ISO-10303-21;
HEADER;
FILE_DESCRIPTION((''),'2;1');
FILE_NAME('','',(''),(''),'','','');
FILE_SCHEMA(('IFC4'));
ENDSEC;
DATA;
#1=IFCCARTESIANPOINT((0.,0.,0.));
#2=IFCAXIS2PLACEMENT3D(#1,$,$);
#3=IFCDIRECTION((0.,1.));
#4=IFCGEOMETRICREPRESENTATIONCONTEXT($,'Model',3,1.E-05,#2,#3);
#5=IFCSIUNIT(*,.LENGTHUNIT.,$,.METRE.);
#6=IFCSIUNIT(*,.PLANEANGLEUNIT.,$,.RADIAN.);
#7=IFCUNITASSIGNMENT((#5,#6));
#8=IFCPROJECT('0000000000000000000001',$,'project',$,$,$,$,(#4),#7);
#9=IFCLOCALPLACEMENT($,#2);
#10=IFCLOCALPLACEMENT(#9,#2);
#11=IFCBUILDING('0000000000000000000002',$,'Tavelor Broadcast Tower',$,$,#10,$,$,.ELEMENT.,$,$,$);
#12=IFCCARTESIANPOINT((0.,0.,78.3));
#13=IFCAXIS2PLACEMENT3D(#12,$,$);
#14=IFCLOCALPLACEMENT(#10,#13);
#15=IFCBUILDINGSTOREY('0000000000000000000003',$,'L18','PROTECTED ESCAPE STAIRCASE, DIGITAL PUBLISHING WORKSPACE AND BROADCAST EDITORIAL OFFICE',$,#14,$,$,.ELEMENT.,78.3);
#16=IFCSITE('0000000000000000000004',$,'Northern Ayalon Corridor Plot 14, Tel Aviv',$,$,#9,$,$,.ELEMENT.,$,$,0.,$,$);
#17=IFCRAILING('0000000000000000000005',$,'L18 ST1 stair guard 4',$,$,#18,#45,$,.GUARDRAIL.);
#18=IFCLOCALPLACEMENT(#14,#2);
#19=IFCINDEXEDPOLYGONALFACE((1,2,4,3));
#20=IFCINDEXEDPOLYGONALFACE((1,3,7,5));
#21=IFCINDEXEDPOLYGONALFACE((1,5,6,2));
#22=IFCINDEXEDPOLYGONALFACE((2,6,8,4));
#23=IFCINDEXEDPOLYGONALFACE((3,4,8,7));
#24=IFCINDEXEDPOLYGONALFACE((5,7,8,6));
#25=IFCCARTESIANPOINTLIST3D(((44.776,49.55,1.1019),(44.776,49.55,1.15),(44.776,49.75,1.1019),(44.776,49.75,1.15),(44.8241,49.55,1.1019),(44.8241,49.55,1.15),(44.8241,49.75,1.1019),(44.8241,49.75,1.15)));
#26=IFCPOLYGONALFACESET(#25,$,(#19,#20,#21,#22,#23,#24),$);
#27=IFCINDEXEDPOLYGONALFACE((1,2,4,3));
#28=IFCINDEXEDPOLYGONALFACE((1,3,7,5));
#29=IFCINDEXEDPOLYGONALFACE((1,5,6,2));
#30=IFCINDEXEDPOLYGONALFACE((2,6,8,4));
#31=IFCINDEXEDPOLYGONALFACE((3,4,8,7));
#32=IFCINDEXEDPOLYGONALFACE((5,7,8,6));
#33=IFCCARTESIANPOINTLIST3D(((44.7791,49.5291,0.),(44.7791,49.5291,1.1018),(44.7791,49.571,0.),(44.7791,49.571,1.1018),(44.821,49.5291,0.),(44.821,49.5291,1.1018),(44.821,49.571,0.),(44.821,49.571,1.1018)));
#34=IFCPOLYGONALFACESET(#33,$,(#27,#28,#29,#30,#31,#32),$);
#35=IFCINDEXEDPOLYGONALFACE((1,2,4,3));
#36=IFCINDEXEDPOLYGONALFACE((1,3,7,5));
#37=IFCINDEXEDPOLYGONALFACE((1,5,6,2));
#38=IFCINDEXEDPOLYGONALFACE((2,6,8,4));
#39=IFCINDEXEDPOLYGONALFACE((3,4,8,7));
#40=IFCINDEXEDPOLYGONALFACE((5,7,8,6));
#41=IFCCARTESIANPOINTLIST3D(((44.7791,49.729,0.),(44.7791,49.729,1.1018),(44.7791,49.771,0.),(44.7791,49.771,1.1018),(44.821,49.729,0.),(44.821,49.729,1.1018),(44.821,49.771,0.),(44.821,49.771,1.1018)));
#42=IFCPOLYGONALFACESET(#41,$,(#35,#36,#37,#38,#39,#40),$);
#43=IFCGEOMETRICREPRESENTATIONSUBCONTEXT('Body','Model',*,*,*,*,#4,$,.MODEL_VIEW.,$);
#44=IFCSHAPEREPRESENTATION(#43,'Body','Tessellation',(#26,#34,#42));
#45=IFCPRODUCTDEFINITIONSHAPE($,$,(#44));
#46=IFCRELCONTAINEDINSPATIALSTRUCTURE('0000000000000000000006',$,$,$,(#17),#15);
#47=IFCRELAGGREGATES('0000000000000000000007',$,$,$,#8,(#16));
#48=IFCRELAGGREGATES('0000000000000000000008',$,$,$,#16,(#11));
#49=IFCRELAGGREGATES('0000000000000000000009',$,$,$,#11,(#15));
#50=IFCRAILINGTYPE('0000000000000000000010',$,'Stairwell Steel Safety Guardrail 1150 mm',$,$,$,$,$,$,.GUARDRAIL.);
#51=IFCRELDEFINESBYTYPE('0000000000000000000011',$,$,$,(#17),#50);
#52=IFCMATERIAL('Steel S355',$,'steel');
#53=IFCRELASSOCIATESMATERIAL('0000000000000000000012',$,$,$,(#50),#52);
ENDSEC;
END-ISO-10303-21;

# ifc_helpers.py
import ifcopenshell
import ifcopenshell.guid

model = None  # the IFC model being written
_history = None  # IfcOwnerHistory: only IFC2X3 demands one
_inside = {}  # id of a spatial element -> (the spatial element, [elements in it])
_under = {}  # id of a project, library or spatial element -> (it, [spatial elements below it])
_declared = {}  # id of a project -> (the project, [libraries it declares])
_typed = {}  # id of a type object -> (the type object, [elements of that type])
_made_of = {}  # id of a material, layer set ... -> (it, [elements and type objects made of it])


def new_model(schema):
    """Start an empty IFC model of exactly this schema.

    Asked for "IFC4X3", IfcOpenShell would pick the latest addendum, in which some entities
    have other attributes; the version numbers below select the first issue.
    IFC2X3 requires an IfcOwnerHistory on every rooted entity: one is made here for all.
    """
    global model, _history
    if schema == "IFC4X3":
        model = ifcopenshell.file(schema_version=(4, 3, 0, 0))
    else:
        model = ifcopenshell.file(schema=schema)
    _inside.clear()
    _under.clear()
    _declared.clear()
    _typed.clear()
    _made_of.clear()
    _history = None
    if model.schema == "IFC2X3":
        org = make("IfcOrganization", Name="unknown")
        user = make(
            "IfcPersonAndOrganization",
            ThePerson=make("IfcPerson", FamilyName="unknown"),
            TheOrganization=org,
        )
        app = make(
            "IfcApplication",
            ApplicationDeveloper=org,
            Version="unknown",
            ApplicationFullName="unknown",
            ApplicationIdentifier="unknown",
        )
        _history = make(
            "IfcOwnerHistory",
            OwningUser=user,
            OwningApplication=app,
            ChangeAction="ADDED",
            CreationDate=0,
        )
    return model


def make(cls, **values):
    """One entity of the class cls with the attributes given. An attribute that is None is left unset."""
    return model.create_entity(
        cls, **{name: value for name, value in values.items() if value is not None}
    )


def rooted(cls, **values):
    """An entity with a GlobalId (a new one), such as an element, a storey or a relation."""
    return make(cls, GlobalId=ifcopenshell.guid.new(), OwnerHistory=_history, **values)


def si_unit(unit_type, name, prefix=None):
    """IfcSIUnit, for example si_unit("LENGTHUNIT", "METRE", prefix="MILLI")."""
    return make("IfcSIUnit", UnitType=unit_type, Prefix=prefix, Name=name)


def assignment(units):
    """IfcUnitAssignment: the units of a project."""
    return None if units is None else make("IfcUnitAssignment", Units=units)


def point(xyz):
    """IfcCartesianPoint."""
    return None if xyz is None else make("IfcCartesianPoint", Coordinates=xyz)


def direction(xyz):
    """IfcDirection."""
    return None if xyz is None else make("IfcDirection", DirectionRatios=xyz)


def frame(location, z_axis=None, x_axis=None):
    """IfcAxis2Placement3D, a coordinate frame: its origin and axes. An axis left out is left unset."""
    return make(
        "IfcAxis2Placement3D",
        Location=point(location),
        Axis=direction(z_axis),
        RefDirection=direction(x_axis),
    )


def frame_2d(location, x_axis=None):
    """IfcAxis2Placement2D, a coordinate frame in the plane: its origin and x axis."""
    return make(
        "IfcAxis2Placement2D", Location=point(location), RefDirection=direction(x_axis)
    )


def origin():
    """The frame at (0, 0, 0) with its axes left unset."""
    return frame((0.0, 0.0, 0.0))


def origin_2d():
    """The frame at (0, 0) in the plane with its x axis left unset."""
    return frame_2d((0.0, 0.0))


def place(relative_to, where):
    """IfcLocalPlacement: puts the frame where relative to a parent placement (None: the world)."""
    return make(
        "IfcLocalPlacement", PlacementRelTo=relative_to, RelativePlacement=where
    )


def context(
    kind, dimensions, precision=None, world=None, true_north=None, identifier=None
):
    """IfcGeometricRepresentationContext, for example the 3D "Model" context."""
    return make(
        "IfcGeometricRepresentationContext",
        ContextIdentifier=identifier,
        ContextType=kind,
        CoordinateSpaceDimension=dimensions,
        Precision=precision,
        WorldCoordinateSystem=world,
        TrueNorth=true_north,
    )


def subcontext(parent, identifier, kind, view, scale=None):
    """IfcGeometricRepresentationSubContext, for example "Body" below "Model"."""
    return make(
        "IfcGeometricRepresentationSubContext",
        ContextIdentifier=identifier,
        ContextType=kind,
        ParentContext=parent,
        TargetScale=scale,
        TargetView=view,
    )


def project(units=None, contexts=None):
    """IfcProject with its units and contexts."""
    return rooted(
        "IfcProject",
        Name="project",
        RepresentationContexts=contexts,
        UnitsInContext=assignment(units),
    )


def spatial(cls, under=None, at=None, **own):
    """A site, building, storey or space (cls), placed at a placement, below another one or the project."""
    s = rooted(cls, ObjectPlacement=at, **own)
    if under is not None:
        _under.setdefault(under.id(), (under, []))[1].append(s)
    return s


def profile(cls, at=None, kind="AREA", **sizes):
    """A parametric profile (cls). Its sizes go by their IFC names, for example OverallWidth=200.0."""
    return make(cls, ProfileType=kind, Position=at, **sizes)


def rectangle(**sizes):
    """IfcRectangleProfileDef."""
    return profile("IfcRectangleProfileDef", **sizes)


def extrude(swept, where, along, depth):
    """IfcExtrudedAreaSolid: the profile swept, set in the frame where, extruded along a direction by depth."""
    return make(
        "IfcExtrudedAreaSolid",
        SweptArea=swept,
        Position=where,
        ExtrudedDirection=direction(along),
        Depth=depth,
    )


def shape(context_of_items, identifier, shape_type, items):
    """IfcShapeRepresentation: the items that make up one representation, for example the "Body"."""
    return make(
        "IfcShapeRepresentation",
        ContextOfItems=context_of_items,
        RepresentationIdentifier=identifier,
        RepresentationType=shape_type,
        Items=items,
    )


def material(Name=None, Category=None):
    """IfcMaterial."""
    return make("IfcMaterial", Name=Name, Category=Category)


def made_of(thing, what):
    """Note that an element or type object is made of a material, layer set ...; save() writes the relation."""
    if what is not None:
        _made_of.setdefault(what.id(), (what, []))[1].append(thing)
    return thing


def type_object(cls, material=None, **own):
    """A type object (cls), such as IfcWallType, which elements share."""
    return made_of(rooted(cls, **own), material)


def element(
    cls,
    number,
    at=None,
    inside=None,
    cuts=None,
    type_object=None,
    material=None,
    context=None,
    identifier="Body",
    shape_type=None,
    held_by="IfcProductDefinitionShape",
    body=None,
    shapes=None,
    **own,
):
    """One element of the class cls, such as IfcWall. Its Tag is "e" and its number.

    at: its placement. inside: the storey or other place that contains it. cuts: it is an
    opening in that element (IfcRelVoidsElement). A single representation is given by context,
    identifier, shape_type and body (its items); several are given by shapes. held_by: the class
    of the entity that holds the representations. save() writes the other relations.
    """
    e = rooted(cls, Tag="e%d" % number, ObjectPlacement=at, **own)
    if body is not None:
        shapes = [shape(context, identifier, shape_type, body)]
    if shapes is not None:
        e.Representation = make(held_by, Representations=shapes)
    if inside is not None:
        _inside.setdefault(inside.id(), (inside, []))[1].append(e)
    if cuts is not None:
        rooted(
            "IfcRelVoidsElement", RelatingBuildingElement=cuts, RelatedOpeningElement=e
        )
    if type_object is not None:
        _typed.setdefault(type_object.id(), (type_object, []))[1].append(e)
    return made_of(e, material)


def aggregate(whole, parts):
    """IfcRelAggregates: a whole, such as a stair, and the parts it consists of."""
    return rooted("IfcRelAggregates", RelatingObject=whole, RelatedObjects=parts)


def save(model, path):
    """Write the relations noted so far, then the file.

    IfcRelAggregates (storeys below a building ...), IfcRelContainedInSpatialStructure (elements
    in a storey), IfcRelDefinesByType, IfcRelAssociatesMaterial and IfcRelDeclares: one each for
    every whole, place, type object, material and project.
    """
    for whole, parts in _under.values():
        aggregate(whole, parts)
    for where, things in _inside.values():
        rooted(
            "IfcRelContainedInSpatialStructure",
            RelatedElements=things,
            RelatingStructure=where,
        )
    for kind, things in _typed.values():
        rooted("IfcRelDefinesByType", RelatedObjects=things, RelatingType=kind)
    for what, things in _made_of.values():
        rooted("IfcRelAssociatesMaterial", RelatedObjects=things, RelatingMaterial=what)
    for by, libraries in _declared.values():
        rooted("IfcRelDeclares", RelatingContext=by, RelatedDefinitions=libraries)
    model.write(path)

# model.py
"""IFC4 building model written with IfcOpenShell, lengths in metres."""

from ifc_helpers import new_model, si_unit, direction, frame, origin, origin_2d, place, context, subcontext, project, spatial, rectangle, extrude, material, type_object, element, save


model = new_model("IFC4")

# Units and contexts
model_context = context("Model", 3, precision=1e-05, world=origin(), true_north=direction((0.0, 1.0)))
body_context = subcontext(model_context, "Body", "Model", "MODEL_VIEW")
ifc_project = project(units=[si_unit("LENGTHUNIT", "METRE"), si_unit("PLANEANGLEUNIT", "RADIAN")], contexts=[model_context])

# Site, building, storey
site_placement = place(None, origin())
site = spatial("IfcSite", under=ifc_project, at=site_placement, Name="Northern Ayalon Corridor Plot 14, Tel Aviv", CompositionType="ELEMENT", RefElevation=0.0)
building_placement = place(site_placement, origin())
building = spatial("IfcBuilding", under=site, at=building_placement, Name="Tavelor Broadcast Tower", CompositionType="ELEMENT")
storey_placement = place(building_placement, frame((0.0, 0.0, 78.3)))
storey = spatial("IfcBuildingStorey", under=building, at=storey_placement, Name="L18", Description="PROTECTED ESCAPE STAIRCASE, DIGITAL PUBLISHING WORKSPACE AND BROADCAST EDITORIAL OFFICE", CompositionType="ELEMENT", Elevation=78.3)

# Shared definitions
ifc_material_1 = material(Name="Steel S355", Category="steel")

# Railing
railing_type_1 = type_object("IfcRailingType", Name="Stairwell Steel Safety Guardrail 1150 mm", PredefinedType="GUARDRAIL", material=ifc_material_1)
railing_1_placement = place(storey_placement, frame((44.8, 49.55, 0.0)))
element("IfcRailing", 1, at=railing_1_placement, inside=storey, type_object=railing_type_1, Name="L18 ST1 stair guard 4", PredefinedType="GUARDRAIL", context=body_context, shape_type="SweptSolid", body=[
    extrude(rectangle(XDim=0.0481, YDim=0.0481, at=origin_2d()), frame((0.0, 0.0, 1.126), z_axis=(0.0, 1.0, 0.0), x_axis=(-1.0, 0.0, 0.0)), (0.0, 0.0, 1.0), 0.2),
    extrude(rectangle(XDim=0.042, YDim=0.042, at=origin_2d()), origin(), (0.0, 0.0, 1.0), 1.1018),
    extrude(rectangle(XDim=0.042, YDim=0.042, at=origin_2d()), frame((0.0, 0.2, 0.0)), (0.0, 0.0, 1.0), 1.1018),
])

save(model, "model.ifc")
